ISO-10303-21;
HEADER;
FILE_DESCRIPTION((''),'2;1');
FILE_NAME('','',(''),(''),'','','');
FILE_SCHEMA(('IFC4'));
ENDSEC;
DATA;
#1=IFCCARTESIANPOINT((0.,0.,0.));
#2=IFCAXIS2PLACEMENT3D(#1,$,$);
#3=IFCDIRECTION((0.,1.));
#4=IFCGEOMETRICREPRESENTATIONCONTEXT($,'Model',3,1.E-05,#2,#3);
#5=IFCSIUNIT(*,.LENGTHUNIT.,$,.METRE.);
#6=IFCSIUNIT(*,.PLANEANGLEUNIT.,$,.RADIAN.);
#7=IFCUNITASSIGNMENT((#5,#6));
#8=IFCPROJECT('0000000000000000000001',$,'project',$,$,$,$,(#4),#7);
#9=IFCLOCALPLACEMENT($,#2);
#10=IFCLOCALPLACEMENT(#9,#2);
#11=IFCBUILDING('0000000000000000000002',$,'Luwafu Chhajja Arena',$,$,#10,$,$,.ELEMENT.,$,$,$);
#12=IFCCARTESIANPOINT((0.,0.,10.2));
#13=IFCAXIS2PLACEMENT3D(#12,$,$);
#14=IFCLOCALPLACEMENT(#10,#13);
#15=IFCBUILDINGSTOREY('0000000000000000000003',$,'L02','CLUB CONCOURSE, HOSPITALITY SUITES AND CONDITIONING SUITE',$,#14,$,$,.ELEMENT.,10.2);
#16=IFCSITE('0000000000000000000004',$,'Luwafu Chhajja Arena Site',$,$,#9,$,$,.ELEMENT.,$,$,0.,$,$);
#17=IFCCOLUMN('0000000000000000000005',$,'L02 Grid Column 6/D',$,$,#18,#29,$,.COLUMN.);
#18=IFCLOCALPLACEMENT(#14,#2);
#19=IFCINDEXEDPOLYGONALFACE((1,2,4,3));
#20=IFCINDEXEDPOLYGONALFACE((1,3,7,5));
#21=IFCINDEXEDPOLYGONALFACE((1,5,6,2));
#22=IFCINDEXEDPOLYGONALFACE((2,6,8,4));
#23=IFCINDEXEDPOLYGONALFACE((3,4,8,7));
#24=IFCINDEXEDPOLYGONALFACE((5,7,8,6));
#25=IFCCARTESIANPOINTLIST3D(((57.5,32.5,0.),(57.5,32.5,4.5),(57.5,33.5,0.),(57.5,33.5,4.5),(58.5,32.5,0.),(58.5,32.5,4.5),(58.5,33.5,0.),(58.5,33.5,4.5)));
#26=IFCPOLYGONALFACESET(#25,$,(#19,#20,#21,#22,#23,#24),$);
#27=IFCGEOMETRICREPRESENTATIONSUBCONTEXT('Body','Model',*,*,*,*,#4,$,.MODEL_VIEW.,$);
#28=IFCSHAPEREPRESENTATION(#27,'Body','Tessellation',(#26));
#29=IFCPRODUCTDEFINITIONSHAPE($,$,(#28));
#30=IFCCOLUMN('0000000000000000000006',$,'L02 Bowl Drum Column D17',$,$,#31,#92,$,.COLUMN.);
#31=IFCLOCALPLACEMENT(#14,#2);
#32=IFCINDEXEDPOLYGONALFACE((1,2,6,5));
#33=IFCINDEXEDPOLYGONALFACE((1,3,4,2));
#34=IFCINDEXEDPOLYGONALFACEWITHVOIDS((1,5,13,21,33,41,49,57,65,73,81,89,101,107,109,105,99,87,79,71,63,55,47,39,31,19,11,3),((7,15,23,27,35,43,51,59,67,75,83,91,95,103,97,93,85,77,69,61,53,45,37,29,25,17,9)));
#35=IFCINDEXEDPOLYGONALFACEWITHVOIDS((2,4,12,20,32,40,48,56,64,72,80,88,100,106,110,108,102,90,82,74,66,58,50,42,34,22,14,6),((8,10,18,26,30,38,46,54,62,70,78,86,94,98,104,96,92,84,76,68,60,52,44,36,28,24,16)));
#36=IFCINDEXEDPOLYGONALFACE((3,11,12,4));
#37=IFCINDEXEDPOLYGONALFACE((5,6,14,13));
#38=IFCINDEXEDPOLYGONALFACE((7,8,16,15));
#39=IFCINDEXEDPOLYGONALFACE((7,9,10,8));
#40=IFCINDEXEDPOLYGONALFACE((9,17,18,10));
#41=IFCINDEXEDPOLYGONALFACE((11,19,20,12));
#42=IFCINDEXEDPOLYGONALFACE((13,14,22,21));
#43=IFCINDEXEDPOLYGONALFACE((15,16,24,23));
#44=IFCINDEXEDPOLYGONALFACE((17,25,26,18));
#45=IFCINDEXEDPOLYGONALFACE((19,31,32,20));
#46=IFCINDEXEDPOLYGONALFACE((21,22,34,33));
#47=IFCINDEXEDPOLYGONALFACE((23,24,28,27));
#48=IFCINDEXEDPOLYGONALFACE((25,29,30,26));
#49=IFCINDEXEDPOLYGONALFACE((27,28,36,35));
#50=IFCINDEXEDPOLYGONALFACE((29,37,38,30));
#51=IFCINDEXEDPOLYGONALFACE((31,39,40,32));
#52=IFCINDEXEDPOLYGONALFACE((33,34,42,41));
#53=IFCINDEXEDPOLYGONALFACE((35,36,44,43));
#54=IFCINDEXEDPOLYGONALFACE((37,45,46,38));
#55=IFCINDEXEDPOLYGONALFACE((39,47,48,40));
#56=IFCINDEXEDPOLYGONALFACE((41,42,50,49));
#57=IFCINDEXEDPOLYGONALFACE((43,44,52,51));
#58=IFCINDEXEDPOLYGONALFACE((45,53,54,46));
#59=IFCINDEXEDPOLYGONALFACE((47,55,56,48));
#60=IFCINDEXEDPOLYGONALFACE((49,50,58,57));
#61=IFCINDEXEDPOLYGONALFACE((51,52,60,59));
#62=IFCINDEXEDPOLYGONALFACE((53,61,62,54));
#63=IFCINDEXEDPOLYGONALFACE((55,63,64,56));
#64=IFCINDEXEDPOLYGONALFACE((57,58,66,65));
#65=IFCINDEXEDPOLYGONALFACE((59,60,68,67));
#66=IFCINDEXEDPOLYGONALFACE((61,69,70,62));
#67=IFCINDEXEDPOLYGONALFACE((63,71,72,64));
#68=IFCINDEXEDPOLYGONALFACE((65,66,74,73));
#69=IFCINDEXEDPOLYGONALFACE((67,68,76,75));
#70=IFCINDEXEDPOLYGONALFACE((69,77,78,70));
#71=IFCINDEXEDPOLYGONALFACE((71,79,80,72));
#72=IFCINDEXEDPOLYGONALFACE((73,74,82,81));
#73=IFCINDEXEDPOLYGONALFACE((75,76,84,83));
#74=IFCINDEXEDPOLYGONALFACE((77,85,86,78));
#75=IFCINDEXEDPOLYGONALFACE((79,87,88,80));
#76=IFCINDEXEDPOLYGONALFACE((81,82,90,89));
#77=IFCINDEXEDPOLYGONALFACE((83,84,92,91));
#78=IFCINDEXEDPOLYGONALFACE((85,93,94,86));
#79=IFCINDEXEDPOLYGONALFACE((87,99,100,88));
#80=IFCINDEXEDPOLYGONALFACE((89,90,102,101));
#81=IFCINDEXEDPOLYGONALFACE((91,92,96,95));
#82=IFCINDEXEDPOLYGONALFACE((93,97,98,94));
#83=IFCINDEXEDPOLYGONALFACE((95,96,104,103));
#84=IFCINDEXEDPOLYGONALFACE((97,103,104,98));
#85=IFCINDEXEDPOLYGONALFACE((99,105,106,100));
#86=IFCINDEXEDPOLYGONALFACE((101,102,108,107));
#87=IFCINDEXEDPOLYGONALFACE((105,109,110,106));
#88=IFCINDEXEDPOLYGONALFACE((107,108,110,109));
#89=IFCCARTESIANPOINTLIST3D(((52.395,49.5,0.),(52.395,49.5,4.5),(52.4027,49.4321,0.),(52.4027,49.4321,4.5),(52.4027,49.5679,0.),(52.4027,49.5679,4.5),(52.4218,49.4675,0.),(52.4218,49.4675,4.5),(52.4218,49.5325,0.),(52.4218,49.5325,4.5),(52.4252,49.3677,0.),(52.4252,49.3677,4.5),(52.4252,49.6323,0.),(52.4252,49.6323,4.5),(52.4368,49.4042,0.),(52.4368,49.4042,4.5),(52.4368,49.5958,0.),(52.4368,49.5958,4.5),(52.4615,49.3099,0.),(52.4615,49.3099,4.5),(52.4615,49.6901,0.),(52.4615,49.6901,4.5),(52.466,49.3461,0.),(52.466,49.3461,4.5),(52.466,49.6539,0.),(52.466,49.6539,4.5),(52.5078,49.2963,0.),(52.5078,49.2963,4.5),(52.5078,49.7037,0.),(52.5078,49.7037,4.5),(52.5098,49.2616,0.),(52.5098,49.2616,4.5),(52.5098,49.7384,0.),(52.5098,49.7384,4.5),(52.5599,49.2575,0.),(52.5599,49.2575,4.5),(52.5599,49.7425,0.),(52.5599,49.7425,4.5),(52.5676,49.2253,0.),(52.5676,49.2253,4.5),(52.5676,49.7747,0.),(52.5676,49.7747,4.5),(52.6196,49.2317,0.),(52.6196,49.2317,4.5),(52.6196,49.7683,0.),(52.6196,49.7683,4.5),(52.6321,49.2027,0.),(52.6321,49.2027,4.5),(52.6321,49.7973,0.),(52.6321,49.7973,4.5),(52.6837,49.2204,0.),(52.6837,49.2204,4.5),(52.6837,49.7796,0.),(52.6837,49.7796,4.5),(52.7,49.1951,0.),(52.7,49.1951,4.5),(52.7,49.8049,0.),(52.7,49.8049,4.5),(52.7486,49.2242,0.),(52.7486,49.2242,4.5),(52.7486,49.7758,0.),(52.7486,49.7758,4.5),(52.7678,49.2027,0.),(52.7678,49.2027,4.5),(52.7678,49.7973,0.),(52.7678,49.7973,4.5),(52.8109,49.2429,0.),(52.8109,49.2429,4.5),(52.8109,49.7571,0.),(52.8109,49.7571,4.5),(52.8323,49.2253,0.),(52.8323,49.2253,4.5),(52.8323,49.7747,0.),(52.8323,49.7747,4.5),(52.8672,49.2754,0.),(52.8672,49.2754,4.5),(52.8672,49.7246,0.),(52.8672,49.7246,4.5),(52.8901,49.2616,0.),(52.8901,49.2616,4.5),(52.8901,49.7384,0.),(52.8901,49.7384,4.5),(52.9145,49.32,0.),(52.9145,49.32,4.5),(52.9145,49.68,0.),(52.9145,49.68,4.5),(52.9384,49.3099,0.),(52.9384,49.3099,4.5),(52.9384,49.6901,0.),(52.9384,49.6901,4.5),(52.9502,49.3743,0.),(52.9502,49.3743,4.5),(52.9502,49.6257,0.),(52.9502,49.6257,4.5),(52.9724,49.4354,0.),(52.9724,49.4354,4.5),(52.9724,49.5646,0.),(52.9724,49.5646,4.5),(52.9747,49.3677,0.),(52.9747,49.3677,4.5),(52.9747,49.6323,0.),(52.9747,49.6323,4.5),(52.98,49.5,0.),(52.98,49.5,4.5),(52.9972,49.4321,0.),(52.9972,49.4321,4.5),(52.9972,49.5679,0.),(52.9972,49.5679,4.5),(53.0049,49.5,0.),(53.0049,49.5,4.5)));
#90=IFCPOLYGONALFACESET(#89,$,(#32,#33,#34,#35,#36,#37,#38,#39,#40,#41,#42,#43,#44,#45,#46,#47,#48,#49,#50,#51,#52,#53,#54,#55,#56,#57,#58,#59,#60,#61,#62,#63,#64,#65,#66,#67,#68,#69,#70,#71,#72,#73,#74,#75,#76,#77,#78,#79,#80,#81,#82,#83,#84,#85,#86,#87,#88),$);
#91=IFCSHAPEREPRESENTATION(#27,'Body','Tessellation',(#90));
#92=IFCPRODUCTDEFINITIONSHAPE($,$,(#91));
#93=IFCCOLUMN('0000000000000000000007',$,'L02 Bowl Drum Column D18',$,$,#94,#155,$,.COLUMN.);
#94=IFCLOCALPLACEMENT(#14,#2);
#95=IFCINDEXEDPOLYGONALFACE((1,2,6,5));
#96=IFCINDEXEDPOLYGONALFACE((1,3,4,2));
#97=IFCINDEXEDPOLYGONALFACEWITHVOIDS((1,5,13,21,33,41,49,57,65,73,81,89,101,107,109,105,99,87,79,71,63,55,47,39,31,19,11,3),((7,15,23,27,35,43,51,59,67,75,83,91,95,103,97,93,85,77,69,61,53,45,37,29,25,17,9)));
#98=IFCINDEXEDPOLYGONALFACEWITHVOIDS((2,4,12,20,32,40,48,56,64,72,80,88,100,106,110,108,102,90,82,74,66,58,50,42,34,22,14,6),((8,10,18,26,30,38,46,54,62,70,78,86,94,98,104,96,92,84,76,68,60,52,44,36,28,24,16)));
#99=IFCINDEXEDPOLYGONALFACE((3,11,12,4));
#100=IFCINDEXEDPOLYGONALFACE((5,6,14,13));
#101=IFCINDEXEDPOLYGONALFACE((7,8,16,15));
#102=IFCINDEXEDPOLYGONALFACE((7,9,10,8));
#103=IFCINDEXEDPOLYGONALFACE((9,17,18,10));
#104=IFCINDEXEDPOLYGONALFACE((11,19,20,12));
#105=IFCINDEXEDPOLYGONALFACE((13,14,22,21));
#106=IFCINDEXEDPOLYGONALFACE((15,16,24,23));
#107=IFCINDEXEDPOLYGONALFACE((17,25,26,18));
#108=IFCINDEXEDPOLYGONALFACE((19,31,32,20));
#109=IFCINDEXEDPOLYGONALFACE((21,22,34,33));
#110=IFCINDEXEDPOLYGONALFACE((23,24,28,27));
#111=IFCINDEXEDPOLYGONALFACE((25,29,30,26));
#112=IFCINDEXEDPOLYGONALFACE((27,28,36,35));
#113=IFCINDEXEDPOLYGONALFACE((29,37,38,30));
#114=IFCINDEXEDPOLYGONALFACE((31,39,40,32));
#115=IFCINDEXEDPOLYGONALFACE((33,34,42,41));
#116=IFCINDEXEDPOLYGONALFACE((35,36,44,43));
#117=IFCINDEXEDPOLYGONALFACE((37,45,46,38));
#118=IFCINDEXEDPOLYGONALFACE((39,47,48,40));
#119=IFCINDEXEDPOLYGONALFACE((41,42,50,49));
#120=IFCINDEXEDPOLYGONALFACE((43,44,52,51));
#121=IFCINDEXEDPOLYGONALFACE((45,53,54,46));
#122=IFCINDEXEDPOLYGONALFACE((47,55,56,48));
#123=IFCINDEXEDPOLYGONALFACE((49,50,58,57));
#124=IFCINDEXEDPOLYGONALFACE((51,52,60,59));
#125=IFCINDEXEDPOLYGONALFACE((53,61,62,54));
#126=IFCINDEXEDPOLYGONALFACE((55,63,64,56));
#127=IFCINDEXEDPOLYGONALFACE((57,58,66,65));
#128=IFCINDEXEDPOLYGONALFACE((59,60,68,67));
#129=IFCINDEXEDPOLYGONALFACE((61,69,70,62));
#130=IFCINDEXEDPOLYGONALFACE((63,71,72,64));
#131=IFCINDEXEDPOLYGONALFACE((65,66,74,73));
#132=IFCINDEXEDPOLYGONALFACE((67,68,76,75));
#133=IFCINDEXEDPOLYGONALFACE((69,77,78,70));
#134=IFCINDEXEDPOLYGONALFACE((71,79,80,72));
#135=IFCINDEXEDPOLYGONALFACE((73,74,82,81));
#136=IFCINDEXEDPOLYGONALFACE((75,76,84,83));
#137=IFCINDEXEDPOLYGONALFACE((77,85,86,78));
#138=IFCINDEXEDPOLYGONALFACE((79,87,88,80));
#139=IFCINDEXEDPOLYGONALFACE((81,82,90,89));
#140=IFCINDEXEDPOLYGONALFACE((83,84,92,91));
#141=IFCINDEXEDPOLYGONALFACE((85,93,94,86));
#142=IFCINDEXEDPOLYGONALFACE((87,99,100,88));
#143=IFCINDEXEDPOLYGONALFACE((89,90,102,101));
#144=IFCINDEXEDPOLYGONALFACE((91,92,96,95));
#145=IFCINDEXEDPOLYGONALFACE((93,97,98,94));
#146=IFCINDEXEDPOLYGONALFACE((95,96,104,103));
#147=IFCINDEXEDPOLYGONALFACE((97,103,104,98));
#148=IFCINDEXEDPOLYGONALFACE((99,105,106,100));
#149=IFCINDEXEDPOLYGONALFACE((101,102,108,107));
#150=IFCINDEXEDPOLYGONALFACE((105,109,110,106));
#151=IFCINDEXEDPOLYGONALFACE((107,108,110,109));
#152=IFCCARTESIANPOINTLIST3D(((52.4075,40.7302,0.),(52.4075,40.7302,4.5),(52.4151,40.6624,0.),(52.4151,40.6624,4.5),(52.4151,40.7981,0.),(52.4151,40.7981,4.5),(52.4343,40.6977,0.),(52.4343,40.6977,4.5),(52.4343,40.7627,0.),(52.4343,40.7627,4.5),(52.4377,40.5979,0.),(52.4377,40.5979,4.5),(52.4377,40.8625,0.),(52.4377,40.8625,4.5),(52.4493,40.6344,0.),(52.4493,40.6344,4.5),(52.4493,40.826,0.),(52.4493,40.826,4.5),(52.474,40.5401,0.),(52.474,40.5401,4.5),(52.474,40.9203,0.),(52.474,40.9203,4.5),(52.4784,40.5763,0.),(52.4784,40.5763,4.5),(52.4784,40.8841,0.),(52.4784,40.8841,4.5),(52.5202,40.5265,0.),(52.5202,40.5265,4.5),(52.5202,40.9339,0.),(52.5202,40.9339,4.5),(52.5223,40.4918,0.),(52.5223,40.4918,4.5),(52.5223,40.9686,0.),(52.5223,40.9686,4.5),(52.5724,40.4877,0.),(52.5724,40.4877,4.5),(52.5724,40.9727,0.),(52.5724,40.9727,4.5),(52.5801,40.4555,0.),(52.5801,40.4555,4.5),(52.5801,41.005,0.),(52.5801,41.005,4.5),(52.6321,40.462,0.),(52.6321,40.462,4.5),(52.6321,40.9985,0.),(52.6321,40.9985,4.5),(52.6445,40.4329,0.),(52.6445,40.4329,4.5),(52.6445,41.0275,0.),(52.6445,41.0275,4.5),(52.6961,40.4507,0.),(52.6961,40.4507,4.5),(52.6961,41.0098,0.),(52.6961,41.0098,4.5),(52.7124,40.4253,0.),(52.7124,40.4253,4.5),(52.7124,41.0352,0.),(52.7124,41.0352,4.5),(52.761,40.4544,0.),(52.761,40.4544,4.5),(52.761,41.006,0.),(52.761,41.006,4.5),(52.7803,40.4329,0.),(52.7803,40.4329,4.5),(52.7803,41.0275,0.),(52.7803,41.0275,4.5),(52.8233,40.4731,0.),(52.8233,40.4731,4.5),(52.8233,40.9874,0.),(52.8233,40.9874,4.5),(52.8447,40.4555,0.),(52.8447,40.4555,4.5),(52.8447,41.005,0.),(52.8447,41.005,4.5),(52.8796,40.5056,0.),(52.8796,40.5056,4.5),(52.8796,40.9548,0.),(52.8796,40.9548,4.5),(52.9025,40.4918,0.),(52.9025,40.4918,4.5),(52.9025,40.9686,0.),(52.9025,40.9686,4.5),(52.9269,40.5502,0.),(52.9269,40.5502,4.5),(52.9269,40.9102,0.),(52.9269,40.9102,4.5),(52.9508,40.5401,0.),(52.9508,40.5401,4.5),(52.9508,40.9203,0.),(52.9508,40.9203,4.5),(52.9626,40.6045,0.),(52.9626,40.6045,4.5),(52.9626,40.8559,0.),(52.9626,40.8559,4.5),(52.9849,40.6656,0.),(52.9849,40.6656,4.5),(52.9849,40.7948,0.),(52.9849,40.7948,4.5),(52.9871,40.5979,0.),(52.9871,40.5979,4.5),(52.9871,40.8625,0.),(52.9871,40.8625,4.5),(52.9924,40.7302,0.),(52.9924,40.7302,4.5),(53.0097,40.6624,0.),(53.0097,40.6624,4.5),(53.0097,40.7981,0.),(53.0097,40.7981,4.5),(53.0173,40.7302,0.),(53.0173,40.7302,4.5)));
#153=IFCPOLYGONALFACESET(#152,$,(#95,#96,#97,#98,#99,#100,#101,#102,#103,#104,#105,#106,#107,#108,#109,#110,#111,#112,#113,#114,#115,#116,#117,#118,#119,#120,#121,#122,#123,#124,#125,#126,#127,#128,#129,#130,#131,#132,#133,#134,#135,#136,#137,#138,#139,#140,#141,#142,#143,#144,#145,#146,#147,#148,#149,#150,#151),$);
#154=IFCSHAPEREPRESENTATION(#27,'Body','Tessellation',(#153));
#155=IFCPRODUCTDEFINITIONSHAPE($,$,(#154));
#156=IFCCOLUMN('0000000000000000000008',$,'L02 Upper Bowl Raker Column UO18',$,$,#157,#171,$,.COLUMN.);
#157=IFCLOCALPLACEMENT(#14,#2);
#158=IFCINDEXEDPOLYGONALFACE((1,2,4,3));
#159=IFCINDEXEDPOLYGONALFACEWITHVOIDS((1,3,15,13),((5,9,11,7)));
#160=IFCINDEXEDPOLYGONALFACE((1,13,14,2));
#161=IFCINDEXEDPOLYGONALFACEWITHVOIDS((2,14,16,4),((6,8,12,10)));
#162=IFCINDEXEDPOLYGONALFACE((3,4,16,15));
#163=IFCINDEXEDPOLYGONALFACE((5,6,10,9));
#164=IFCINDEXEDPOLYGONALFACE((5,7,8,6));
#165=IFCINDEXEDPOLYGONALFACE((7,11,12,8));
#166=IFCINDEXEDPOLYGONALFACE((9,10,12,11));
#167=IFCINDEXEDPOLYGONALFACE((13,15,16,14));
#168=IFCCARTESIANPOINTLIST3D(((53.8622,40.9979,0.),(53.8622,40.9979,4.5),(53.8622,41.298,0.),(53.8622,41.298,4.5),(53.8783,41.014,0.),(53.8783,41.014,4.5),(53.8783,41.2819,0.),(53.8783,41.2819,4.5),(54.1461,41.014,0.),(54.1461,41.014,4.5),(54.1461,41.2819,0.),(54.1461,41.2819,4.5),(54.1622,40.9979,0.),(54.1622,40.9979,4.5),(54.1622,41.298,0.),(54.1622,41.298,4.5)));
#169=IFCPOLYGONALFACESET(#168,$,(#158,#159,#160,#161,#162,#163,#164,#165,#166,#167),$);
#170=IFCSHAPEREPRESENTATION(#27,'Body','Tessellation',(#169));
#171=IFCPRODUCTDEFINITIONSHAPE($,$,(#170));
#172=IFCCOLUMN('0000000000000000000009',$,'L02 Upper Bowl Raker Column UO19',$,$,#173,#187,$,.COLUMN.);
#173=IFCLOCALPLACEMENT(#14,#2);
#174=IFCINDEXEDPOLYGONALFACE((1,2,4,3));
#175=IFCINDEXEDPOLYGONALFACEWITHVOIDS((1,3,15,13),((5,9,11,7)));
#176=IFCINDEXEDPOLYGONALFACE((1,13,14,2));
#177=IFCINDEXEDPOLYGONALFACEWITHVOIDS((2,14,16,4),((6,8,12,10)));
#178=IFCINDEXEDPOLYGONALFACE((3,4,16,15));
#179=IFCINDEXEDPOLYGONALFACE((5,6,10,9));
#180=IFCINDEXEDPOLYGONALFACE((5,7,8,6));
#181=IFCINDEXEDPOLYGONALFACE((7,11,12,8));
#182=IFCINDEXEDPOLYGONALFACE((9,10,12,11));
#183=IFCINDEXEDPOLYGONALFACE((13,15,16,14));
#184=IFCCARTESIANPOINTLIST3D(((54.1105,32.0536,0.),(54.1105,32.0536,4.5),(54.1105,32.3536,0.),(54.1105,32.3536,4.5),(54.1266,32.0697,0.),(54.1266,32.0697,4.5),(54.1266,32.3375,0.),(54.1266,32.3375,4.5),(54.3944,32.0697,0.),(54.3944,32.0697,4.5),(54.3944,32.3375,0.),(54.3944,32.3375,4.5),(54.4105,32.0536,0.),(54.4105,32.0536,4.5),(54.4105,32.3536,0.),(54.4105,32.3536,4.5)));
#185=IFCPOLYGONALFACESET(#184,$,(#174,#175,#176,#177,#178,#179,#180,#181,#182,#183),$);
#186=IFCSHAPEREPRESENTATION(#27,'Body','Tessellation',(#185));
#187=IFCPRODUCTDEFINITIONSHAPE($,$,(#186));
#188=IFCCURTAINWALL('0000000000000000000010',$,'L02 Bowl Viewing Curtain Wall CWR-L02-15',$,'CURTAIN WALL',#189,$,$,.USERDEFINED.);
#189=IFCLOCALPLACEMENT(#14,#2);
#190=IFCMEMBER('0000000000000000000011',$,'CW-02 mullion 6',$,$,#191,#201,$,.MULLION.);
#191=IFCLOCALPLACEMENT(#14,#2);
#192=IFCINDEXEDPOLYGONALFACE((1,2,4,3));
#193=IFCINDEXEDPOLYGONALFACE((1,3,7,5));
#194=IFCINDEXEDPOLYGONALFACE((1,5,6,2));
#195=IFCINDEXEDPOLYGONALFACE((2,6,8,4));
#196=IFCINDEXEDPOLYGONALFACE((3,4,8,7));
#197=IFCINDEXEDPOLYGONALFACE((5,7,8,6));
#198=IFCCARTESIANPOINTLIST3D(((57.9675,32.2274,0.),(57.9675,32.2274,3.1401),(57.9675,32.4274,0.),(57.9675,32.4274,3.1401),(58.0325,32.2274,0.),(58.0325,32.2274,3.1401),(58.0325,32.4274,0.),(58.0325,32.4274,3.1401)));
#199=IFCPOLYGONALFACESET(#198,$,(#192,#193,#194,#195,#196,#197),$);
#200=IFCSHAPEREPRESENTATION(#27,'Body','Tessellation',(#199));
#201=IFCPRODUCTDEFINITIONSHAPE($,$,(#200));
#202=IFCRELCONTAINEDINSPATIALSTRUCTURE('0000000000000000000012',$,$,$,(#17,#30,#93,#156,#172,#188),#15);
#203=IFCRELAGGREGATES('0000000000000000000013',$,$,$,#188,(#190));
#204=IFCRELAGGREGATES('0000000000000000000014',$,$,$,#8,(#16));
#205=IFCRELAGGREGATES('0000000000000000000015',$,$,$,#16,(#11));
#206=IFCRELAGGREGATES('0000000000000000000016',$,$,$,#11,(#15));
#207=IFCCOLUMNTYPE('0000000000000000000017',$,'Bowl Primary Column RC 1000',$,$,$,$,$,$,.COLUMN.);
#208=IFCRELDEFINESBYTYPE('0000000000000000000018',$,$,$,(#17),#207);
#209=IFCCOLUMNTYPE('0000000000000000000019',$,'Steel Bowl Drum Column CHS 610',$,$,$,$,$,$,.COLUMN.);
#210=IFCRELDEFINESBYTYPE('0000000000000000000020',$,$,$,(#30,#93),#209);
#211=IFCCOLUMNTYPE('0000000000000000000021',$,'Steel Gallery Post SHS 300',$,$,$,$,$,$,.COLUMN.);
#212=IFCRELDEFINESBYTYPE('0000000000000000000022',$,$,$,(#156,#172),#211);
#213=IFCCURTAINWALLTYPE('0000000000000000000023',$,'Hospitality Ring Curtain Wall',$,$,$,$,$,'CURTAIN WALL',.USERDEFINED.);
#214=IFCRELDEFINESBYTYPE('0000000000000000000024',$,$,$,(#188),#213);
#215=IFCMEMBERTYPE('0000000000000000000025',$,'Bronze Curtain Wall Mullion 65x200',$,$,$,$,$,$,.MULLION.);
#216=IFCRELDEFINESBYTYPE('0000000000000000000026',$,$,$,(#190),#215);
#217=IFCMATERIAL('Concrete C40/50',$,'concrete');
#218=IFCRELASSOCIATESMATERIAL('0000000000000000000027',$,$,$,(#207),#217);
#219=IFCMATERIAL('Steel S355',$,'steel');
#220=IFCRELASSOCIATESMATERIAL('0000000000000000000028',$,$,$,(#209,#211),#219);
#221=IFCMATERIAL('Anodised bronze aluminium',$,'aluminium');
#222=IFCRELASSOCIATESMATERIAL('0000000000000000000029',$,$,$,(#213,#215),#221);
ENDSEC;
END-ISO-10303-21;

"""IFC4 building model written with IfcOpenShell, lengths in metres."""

from ifc_helpers import new_model, si_unit, direction, frame, origin, origin_2d, place, context, subcontext, project, spatial, rectangle, hollow_rectangle, hollow_circle, extrude, material, material_profile, profile_set, type_object, element, aggregate, save


model = new_model("IFC4")

# Units and contexts
model_context = context("Model", 3, precision=1e-05, world=origin(), true_north=direction((0.0, 1.0)))
body_context = subcontext(model_context, "Body", "Model", "MODEL_VIEW")
ifc_project = project(units=[si_unit("LENGTHUNIT", "METRE"), si_unit("PLANEANGLEUNIT", "RADIAN")], contexts=[model_context])

# Site, building, storey
site_placement = place(None, origin())
site = spatial("IfcSite", under=ifc_project, at=site_placement, Name="Luwafu Chhajja Arena Site", CompositionType="ELEMENT", RefElevation=0.0)
building_placement = place(site_placement, origin())
building = spatial("IfcBuilding", under=site, at=building_placement, Name="Luwafu Chhajja Arena", CompositionType="ELEMENT")
storey_placement = place(building_placement, frame((0.0, 0.0, 10.2)))
storey = spatial("IfcBuildingStorey", under=building, at=storey_placement, Name="L02", Description="CLUB CONCOURSE, HOSPITALITY SUITES AND CONDITIONING SUITE", CompositionType="ELEMENT", Elevation=10.2)

# Columns
ifc_material_1 = material(Name="Concrete C40/50", Category="concrete")
ifc_material_profile_1 = material_profile(ifc_material_1, rectangle(XDim=1.0, YDim=1.0, at=origin_2d()), Name="RC 1000x1000")
ifc_profile_set_1 = profile_set([ifc_material_profile_1], Name="Concrete C40/50")
column_type_1 = type_object("IfcColumnType", Name="Bowl Primary Column RC 1000", PredefinedType="COLUMN", material=ifc_profile_set_1)
column_placement = place(storey_placement, frame((58.0, 33.0, 0.0), z_axis=(0.0, 0.0, 1.0), x_axis=(1.0, 0.0, 0.0)))
element("IfcColumn", 1, at=column_placement, inside=storey, type_object=column_type_1, Name="L02 Grid Column 6/D", PredefinedType="COLUMN", context=body_context, shape_type="SweptSolid", body=[
    extrude(rectangle(XDim=1.0, YDim=1.0, at=origin_2d()), origin(), (0.0, 0.0, 1.0), 4.5),
])
ifc_material_2 = material(Name="Steel S355", Category="steel")
ifc_material_profile_2 = material_profile(ifc_material_2, hollow_circle(Radius=0.3049, WallThickness=0.0249, at=origin_2d()), Name="CHS 610x25")
ifc_profile_set_2 = profile_set([ifc_material_profile_2], Name="Steel S355")
column_type_2 = type_object("IfcColumnType", Name="Steel Bowl Drum Column CHS 610", PredefinedType="COLUMN", material=ifc_profile_set_2)
for number, where, z_axis, x_axis, name in (
    (2, (52.7, 49.5, 0.0), (0.0, 0.0, 1.0), (1.0, 0.0, 0.0), "L02 Bowl Drum Column D17"),
    (3, (52.7124, 40.7302, 0.0), (0.0, 0.0, 1.0), (1.0, 0.0, 0.0), "L02 Bowl Drum Column D18"),
):
    element("IfcColumn", number, at=place(storey_placement, frame(where, z_axis=z_axis, x_axis=x_axis)), inside=storey, type_object=column_type_2, Name=name, PredefinedType="COLUMN", context=body_context, shape_type="SweptSolid", body=[
        extrude(hollow_circle(Radius=0.3049, WallThickness=0.0249, at=origin_2d()), origin(), (0.0, 0.0, 1.0), 4.5),
    ])
ifc_material_profile_3 = material_profile(ifc_material_2, hollow_rectangle(XDim=0.3, YDim=0.3, WallThickness=0.0161, at=origin_2d()), Name="SHS 300x300x16")
ifc_profile_set_3 = profile_set([ifc_material_profile_3], Name="Steel S355")
column_type_3 = type_object("IfcColumnType", Name="Steel Gallery Post SHS 300", PredefinedType="COLUMN", material=ifc_profile_set_3)
for number, where, z_axis, x_axis, name in (
    (4, (54.0122, 41.1479, 0.0), (0.0, 0.0, 1.0), (1.0, 0.0, 0.0), "L02 Upper Bowl Raker Column UO18"),
    (5, (54.2605, 32.2036, 0.0), (0.0, 0.0, 1.0), (1.0, 0.0, 0.0), "L02 Upper Bowl Raker Column UO19"),
):
    element("IfcColumn", number, at=place(storey_placement, frame(where, z_axis=z_axis, x_axis=x_axis)), inside=storey, type_object=column_type_3, Name=name, PredefinedType="COLUMN", context=body_context, shape_type="SweptSolid", body=[
        extrude(hollow_rectangle(XDim=0.3, YDim=0.3, WallThickness=0.0161, at=origin_2d()), origin(), (0.0, 0.0, 1.0), 4.5),
    ])

# Curtain wall, member
ifc_material_3 = material(Name="Anodised bronze aluminium", Category="aluminium")
curtain_wall_type = type_object("IfcCurtainWallType", Name="Hospitality Ring Curtain Wall", ElementType="CURTAIN WALL", PredefinedType="USERDEFINED", material=ifc_material_3)
curtain_wall_1_placement = place(storey_placement, origin())
curtain_wall_1 = element("IfcCurtainWall", 6, at=curtain_wall_1_placement, inside=storey, type_object=curtain_wall_type, Name="L02 Bowl Viewing Curtain Wall CWR-L02-15", ObjectType="CURTAIN WALL", PredefinedType="USERDEFINED")
ifc_material_profile_4 = material_profile(ifc_material_3, rectangle(XDim=0.0649, YDim=0.2, at=origin_2d()), Name="CWM 65x200")
ifc_profile_set_4 = profile_set([ifc_material_profile_4], Name="Anodised bronze aluminium")
member_type_1 = type_object("IfcMemberType", Name="Bronze Curtain Wall Mullion 65x200", PredefinedType="MULLION", material=ifc_profile_set_4)
member_1_placement = place(storey_placement, frame((58.0, 32.3274, 0.0), z_axis=(0.0, 0.0, 1.0), x_axis=(-1.0, 0.0, 0.0)))
member_1 = element("IfcMember", 7, at=member_1_placement, type_object=member_type_1, Name="CW-02 mullion 6", PredefinedType="MULLION", context=body_context, shape_type="SweptSolid", body=[
    extrude(rectangle(XDim=0.0649, YDim=0.2, at=origin_2d()), origin(), (0.0, 0.0, 1.0), 3.1401),
])

aggregate(curtain_wall_1, [member_1])

save(model, "model.ifc")
